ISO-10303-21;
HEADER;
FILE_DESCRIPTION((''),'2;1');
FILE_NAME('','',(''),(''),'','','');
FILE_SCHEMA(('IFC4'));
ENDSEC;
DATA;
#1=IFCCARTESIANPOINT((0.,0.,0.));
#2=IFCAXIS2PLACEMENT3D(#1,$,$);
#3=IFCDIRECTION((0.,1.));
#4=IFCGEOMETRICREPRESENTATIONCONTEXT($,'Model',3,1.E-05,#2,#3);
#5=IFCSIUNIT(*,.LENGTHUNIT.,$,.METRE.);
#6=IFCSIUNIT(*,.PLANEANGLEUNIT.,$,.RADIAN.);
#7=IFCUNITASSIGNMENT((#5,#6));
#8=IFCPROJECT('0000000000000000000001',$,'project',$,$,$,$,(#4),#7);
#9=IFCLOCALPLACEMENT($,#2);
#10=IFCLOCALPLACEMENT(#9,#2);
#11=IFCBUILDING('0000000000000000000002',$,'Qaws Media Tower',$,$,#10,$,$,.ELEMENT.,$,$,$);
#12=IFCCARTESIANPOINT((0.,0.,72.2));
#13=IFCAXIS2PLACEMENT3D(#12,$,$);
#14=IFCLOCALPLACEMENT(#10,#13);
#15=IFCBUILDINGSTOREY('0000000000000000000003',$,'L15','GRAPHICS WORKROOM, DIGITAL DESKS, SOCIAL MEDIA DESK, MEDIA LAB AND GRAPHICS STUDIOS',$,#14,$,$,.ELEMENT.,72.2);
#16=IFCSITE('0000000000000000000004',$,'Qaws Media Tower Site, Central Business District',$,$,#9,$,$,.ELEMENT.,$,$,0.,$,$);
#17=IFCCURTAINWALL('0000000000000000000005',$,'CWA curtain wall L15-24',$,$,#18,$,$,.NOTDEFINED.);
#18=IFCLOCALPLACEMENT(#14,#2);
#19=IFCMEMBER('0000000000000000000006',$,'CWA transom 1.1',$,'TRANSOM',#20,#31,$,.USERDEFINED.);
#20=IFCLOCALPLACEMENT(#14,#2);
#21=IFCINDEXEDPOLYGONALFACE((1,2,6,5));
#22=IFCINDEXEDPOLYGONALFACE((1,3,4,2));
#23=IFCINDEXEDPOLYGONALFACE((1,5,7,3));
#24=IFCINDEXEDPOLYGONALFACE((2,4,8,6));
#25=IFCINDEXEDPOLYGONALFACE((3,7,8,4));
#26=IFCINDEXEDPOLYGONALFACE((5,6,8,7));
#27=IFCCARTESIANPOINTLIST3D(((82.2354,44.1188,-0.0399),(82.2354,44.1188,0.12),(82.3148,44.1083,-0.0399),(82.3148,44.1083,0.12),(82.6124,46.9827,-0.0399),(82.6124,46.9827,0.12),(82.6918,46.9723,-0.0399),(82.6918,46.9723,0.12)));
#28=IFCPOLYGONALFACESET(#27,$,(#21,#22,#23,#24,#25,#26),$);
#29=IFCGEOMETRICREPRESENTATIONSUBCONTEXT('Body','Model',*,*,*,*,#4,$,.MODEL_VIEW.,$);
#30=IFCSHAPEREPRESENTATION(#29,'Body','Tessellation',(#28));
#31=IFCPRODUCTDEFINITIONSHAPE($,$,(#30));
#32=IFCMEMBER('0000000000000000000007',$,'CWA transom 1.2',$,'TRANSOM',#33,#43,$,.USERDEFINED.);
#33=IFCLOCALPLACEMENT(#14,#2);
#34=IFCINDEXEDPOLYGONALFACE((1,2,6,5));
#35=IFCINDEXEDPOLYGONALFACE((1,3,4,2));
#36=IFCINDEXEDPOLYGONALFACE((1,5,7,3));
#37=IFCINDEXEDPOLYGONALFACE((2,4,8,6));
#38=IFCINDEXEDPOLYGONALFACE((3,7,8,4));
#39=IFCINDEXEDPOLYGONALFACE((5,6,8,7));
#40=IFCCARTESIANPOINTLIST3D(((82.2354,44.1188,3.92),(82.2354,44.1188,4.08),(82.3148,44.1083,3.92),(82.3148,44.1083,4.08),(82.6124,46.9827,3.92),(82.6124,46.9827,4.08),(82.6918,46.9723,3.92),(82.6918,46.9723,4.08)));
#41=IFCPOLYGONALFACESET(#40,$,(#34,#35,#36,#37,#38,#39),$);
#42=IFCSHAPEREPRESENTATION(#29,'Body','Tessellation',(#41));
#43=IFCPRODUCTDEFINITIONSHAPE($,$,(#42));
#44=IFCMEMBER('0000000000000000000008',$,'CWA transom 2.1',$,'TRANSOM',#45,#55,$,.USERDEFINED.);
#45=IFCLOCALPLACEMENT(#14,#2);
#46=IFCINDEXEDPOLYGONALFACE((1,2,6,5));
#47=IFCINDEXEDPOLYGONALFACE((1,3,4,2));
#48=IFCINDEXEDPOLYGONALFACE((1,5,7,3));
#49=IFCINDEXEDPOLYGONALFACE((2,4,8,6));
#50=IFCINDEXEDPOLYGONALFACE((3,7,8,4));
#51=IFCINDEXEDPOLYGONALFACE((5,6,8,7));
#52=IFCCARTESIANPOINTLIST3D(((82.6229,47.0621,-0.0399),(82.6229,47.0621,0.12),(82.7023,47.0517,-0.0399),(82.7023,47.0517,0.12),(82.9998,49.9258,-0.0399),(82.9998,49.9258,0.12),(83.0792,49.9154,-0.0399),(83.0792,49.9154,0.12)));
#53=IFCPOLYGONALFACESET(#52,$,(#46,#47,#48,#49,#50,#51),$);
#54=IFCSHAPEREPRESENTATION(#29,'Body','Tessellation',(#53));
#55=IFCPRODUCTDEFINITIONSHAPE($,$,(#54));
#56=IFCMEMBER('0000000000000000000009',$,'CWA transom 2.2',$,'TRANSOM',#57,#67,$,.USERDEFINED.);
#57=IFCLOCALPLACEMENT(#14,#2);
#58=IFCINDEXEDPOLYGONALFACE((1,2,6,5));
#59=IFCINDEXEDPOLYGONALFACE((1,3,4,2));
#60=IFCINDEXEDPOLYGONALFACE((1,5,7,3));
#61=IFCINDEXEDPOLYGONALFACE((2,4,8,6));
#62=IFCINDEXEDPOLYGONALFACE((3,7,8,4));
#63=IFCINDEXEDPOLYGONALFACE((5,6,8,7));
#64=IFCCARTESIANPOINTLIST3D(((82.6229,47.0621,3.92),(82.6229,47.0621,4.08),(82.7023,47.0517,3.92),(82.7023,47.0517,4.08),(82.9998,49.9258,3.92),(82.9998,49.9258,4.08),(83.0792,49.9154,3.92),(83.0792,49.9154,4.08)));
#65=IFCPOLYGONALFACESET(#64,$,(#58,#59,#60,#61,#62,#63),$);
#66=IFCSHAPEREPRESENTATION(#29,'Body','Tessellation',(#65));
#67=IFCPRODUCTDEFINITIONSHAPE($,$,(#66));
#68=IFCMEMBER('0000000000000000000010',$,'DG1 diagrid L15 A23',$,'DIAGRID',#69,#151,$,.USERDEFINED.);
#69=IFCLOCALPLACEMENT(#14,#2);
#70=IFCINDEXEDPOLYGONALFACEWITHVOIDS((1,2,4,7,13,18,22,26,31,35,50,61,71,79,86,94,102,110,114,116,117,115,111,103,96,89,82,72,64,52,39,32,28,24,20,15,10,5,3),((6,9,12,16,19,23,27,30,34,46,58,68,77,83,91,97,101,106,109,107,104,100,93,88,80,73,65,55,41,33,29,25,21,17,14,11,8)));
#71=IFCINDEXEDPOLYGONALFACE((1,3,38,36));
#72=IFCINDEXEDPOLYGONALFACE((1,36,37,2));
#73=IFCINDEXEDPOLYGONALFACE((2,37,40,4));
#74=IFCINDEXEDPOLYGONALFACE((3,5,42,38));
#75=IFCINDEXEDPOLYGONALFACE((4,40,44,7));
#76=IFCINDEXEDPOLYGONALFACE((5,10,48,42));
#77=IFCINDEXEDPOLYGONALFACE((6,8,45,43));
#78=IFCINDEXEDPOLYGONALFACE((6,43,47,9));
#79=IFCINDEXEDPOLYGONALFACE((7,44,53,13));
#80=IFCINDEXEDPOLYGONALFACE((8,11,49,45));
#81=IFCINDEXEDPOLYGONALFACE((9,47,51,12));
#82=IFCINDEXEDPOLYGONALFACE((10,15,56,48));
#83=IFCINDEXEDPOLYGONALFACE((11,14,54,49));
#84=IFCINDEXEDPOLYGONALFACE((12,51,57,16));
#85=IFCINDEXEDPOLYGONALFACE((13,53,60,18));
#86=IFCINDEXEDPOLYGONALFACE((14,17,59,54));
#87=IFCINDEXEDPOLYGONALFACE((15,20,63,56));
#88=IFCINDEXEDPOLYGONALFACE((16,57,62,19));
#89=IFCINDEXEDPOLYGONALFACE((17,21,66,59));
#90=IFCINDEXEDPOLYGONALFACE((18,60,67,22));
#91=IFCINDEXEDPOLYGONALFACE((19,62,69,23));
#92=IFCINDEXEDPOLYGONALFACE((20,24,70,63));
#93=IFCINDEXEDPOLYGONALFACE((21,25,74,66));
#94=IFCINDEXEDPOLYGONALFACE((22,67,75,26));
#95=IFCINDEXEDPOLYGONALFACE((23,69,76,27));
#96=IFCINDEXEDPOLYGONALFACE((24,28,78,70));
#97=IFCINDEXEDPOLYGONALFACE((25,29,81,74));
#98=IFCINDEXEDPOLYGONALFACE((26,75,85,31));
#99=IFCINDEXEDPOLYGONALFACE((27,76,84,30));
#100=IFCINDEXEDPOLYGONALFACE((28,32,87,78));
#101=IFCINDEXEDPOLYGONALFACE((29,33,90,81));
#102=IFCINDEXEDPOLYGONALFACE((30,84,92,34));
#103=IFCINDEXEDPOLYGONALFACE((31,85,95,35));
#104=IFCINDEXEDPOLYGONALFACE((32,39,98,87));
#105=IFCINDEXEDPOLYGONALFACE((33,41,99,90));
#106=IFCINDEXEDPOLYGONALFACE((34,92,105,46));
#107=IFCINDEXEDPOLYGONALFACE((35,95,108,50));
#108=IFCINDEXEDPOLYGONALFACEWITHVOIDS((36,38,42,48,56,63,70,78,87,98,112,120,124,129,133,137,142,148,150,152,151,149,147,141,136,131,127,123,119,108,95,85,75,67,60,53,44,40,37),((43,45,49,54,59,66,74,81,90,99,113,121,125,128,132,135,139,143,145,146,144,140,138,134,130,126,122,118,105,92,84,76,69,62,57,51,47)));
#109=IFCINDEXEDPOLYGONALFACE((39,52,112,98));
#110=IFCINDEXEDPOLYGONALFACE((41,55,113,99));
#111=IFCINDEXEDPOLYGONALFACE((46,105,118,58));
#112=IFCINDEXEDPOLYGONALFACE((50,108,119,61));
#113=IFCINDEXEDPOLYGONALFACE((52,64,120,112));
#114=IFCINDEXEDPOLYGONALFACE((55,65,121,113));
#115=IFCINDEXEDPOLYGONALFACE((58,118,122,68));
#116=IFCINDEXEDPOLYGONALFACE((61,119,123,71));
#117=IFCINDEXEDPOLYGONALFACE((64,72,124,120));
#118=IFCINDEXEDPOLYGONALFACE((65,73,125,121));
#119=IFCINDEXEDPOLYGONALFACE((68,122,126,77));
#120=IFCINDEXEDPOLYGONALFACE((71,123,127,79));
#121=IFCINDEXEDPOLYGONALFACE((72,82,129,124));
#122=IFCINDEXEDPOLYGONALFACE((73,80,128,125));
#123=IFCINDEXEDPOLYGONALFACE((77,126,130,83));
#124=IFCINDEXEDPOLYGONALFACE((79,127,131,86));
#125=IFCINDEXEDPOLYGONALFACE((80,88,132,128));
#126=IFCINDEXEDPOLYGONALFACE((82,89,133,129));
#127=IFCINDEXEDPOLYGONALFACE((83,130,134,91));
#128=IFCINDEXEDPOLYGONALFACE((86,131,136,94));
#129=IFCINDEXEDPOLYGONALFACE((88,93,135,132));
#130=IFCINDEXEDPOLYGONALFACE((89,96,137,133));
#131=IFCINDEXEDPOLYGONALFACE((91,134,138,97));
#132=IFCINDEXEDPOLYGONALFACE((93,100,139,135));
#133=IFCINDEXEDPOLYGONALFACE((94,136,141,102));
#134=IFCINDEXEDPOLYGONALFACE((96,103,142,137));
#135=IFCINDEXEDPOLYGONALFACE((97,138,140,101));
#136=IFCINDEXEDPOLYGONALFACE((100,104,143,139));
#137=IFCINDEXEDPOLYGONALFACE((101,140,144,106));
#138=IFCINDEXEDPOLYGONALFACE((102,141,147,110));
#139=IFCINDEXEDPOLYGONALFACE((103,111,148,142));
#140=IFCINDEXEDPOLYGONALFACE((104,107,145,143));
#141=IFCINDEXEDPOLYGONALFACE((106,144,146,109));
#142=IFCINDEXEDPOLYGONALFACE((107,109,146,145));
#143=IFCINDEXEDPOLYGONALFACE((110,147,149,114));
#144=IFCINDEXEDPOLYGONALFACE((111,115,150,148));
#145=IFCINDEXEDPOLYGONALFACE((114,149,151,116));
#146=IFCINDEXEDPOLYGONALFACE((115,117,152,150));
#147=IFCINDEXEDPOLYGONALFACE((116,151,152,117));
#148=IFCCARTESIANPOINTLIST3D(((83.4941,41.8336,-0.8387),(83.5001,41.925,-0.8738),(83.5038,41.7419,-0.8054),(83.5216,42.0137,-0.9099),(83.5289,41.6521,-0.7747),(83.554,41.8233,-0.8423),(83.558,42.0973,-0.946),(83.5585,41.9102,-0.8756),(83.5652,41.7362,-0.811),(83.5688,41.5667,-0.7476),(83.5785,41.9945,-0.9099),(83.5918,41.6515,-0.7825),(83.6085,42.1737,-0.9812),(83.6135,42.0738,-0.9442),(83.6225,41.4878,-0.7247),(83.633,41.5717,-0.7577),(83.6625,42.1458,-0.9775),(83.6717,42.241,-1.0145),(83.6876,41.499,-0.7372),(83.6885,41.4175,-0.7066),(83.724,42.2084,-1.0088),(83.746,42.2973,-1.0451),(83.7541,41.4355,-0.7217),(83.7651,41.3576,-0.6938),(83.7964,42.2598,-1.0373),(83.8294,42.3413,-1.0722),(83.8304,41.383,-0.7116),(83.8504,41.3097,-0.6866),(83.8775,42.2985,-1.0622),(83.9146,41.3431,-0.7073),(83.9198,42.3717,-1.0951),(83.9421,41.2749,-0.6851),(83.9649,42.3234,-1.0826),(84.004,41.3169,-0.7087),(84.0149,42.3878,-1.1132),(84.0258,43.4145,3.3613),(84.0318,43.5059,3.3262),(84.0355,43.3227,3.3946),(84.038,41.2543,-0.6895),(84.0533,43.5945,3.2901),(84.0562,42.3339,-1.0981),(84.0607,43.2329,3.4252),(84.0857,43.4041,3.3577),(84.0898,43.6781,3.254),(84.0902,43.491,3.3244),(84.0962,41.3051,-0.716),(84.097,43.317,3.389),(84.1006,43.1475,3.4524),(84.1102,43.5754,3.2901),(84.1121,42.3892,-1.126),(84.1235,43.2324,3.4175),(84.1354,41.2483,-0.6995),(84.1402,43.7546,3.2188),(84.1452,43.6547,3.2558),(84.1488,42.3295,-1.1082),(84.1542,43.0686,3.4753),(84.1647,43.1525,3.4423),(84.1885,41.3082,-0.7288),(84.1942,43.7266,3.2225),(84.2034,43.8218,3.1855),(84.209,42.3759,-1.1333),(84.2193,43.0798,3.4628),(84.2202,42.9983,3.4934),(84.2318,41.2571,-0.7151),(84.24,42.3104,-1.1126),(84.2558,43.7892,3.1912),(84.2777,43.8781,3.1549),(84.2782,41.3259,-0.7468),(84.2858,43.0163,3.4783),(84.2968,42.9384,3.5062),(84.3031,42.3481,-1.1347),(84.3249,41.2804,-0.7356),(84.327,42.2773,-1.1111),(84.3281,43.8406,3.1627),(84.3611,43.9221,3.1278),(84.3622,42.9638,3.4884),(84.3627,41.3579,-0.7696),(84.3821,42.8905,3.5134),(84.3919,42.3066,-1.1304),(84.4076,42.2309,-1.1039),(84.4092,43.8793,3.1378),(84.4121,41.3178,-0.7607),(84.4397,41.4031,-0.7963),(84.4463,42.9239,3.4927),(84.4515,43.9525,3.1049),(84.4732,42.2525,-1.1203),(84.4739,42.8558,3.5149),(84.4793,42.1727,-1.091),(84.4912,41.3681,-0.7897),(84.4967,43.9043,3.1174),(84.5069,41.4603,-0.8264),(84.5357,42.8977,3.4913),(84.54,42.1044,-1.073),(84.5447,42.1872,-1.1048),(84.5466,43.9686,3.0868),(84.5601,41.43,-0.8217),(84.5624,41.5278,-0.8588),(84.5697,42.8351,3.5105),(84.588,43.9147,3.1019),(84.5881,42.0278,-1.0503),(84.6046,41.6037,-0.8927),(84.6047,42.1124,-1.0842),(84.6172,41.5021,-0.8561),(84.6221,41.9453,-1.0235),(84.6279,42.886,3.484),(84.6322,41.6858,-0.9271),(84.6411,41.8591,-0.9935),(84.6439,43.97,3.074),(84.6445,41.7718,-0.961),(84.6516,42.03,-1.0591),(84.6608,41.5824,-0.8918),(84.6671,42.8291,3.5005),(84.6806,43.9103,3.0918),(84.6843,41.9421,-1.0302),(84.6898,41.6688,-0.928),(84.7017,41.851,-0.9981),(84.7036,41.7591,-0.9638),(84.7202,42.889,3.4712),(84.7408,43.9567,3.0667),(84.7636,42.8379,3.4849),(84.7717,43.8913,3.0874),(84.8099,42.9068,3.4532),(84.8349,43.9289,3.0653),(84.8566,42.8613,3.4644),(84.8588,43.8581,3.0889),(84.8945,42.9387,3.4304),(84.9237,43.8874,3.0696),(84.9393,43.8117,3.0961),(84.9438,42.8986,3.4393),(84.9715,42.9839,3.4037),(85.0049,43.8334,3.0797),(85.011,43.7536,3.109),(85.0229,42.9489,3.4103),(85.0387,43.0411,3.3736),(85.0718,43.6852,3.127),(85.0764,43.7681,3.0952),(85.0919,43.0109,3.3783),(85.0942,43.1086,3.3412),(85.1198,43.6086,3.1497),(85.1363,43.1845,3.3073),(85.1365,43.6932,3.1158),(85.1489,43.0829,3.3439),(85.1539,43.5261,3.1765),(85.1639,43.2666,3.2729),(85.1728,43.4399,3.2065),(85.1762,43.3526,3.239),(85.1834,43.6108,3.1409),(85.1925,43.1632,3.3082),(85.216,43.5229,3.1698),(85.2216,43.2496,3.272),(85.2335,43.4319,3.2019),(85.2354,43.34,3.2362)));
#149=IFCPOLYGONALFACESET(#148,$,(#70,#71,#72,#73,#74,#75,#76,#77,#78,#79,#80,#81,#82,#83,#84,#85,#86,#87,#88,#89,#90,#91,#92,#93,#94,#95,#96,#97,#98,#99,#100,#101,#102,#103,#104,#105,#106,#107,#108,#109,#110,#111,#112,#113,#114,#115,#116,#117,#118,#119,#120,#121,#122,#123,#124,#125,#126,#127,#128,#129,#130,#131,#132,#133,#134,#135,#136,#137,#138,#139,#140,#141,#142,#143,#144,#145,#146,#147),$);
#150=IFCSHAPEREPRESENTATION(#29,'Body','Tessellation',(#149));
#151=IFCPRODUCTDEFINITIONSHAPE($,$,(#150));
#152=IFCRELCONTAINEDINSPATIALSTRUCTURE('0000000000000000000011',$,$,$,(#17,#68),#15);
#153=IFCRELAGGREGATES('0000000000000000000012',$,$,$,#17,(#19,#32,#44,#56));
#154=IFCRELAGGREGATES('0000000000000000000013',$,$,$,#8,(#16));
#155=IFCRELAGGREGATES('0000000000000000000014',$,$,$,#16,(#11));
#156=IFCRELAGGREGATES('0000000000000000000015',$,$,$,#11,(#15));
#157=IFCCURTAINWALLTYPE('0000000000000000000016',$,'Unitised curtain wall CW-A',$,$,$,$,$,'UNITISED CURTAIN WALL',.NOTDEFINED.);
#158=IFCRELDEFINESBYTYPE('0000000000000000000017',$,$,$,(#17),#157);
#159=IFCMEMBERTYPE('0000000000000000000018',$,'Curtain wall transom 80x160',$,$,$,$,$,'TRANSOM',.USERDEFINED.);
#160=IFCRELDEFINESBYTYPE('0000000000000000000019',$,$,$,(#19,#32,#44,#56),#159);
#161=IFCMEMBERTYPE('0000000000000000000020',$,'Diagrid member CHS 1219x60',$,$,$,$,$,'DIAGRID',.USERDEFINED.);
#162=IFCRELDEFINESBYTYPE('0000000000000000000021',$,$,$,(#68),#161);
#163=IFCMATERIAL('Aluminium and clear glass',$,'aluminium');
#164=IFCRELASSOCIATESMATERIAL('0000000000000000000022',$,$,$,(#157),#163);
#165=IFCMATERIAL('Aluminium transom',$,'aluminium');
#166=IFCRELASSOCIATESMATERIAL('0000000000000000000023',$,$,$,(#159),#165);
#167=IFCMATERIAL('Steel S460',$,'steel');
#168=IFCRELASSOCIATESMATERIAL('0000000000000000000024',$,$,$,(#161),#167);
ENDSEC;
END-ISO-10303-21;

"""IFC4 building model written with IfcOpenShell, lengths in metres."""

from ifc_helpers import new_model, si_unit, direction, frame, origin, origin_2d, place, context, subcontext, project, spatial, rectangle, hollow_circle, extrude, material, material_profile, profile_set, type_object, element, aggregate, save


model = new_model("IFC4")

# Units and contexts
model_context = context("Model", 3, precision=1e-05, world=origin(), true_north=direction((0.0, 1.0)))
body_context = subcontext(model_context, "Body", "Model", "MODEL_VIEW")
ifc_project = project(units=[si_unit("LENGTHUNIT", "METRE"), si_unit("PLANEANGLEUNIT", "RADIAN")], contexts=[model_context])

# Site, building, storey
site_placement = place(None, origin())
site = spatial("IfcSite", under=ifc_project, at=site_placement, Name="Qaws Media Tower Site, Central Business District", CompositionType="ELEMENT", RefElevation=0.0)
building_placement = place(site_placement, origin())
building = spatial("IfcBuilding", under=site, at=building_placement, Name="Qaws Media Tower", CompositionType="ELEMENT")
storey_placement = place(building_placement, frame((0.0, 0.0, 72.2)))
storey = spatial("IfcBuildingStorey", under=building, at=storey_placement, Name="L15", Description="GRAPHICS WORKROOM, DIGITAL DESKS, SOCIAL MEDIA DESK, MEDIA LAB AND GRAPHICS STUDIOS", CompositionType="ELEMENT", Elevation=72.2)

# Curtain wall
ifc_material_1 = material(Name="Aluminium and clear glass", Category="aluminium")
curtain_wall_type = type_object("IfcCurtainWallType", Name="Unitised curtain wall CW-A", ElementType="UNITISED CURTAIN WALL", PredefinedType="NOTDEFINED", material=ifc_material_1)
curtain_wall_1_placement = place(storey_placement, origin())
curtain_wall_1 = element("IfcCurtainWall", 1, at=curtain_wall_1_placement, inside=storey, type_object=curtain_wall_type, Name="CWA curtain wall L15-24", PredefinedType="NOTDEFINED")

# Members
ifc_material_2 = material(Name="Aluminium transom", Category="aluminium")
ifc_material_profile_1 = material_profile(ifc_material_2, rectangle(XDim=0.0801, YDim=0.1599, at=origin_2d()), Name="80x160")
ifc_profile_set_1 = profile_set([ifc_material_profile_1], Name="Aluminium transom")
member_type_1 = type_object("IfcMemberType", Name="Curtain wall transom 80x160", ElementType="TRANSOM", PredefinedType="USERDEFINED", material=ifc_profile_set_1)
member_1_placement = place(storey_placement, frame((82.2751, 44.1135, 0.04), z_axis=(0.130492, 0.991449, 0.0), x_axis=(-0.991449, 0.130492, 0.0)))
member_1 = element("IfcMember", 2, at=member_1_placement, type_object=member_type_1, Name="CWA transom 1.1", ObjectType="TRANSOM", PredefinedType="USERDEFINED", context=body_context, shape_type="SweptSolid", body=[
    extrude(rectangle(XDim=0.0801, YDim=0.1599, at=origin_2d()), origin(), (0.0, 0.0, 1.0), 2.8887),
])
member_2_placement = place(storey_placement, frame((82.2751, 44.1135, 4.0), z_axis=(0.130492, 0.991449, 0.0), x_axis=(-0.991449, 0.130492, 0.0)))
member_2 = element("IfcMember", 3, at=member_2_placement, type_object=member_type_1, Name="CWA transom 1.2", ObjectType="TRANSOM", PredefinedType="USERDEFINED", context=body_context, shape_type="SweptSolid", body=[
    extrude(rectangle(XDim=0.0801, YDim=0.1599, at=origin_2d()), origin(), (0.0, 0.0, 1.0), 2.8887),
])
member_3_placement = place(storey_placement, frame((82.6626, 47.0569, 0.04), z_axis=(0.130503, 0.991448, 0.0), x_axis=(-0.991448, 0.130503, 0.0)))
member_3 = element("IfcMember", 4, at=member_3_placement, type_object=member_type_1, Name="CWA transom 2.1", ObjectType="TRANSOM", PredefinedType="USERDEFINED", context=body_context, shape_type="SweptSolid", body=[
    extrude(rectangle(XDim=0.0801, YDim=0.1599, at=origin_2d()), origin(), (0.0, 0.0, 1.0), 2.8884),
])
member_4_placement = place(storey_placement, frame((82.6626, 47.0569, 4.0), z_axis=(0.130503, 0.991448, 0.0), x_axis=(-0.991448, 0.130503, 0.0)))
member_4 = element("IfcMember", 5, at=member_4_placement, type_object=member_type_1, Name="CWA transom 2.2", ObjectType="TRANSOM", PredefinedType="USERDEFINED", context=body_context, shape_type="SweptSolid", body=[
    extrude(rectangle(XDim=0.0801, YDim=0.1599, at=origin_2d()), origin(), (0.0, 0.0, 1.0), 2.8884),
])

# Member
ifc_material_3 = material(Name="Steel S460", Category="steel")
ifc_material_profile_2 = material_profile(ifc_material_3, hollow_circle(Radius=0.6096, WallThickness=0.0601, at=origin_2d()), Name="CHS 1219x60")
ifc_profile_set_2 = profile_set([ifc_material_profile_2], Name="Steel S460")
member_type_2 = type_object("IfcMemberType", Name="Diagrid member CHS 1219x60", ElementType="DIAGRID", PredefinedType="USERDEFINED", material=ifc_profile_set_2)
for number, where, z_axis, x_axis, name in (
    (6, (84.0994, 41.8193, -0.9099), (0.117667, 0.349815, 0.9294), (-0.947816, 0.318818, 0.0), "DG1 diagrid L15 A23"),
):
    element("IfcMember", number, at=place(storey_placement, frame(where, z_axis=z_axis, x_axis=x_axis)), inside=storey, type_object=member_type_2, Name=name, ObjectType="DIAGRID", PredefinedType="USERDEFINED", context=body_context, shape_type="SweptSolid", body=[
        extrude(hollow_circle(Radius=0.6096, WallThickness=0.0601, at=origin_2d()), origin(), (0.0, 0.0, 1.0), 4.519),
    ])

aggregate(curtain_wall_1, [member_1, member_2, member_3, member_4])

save(model, "model.ifc")
